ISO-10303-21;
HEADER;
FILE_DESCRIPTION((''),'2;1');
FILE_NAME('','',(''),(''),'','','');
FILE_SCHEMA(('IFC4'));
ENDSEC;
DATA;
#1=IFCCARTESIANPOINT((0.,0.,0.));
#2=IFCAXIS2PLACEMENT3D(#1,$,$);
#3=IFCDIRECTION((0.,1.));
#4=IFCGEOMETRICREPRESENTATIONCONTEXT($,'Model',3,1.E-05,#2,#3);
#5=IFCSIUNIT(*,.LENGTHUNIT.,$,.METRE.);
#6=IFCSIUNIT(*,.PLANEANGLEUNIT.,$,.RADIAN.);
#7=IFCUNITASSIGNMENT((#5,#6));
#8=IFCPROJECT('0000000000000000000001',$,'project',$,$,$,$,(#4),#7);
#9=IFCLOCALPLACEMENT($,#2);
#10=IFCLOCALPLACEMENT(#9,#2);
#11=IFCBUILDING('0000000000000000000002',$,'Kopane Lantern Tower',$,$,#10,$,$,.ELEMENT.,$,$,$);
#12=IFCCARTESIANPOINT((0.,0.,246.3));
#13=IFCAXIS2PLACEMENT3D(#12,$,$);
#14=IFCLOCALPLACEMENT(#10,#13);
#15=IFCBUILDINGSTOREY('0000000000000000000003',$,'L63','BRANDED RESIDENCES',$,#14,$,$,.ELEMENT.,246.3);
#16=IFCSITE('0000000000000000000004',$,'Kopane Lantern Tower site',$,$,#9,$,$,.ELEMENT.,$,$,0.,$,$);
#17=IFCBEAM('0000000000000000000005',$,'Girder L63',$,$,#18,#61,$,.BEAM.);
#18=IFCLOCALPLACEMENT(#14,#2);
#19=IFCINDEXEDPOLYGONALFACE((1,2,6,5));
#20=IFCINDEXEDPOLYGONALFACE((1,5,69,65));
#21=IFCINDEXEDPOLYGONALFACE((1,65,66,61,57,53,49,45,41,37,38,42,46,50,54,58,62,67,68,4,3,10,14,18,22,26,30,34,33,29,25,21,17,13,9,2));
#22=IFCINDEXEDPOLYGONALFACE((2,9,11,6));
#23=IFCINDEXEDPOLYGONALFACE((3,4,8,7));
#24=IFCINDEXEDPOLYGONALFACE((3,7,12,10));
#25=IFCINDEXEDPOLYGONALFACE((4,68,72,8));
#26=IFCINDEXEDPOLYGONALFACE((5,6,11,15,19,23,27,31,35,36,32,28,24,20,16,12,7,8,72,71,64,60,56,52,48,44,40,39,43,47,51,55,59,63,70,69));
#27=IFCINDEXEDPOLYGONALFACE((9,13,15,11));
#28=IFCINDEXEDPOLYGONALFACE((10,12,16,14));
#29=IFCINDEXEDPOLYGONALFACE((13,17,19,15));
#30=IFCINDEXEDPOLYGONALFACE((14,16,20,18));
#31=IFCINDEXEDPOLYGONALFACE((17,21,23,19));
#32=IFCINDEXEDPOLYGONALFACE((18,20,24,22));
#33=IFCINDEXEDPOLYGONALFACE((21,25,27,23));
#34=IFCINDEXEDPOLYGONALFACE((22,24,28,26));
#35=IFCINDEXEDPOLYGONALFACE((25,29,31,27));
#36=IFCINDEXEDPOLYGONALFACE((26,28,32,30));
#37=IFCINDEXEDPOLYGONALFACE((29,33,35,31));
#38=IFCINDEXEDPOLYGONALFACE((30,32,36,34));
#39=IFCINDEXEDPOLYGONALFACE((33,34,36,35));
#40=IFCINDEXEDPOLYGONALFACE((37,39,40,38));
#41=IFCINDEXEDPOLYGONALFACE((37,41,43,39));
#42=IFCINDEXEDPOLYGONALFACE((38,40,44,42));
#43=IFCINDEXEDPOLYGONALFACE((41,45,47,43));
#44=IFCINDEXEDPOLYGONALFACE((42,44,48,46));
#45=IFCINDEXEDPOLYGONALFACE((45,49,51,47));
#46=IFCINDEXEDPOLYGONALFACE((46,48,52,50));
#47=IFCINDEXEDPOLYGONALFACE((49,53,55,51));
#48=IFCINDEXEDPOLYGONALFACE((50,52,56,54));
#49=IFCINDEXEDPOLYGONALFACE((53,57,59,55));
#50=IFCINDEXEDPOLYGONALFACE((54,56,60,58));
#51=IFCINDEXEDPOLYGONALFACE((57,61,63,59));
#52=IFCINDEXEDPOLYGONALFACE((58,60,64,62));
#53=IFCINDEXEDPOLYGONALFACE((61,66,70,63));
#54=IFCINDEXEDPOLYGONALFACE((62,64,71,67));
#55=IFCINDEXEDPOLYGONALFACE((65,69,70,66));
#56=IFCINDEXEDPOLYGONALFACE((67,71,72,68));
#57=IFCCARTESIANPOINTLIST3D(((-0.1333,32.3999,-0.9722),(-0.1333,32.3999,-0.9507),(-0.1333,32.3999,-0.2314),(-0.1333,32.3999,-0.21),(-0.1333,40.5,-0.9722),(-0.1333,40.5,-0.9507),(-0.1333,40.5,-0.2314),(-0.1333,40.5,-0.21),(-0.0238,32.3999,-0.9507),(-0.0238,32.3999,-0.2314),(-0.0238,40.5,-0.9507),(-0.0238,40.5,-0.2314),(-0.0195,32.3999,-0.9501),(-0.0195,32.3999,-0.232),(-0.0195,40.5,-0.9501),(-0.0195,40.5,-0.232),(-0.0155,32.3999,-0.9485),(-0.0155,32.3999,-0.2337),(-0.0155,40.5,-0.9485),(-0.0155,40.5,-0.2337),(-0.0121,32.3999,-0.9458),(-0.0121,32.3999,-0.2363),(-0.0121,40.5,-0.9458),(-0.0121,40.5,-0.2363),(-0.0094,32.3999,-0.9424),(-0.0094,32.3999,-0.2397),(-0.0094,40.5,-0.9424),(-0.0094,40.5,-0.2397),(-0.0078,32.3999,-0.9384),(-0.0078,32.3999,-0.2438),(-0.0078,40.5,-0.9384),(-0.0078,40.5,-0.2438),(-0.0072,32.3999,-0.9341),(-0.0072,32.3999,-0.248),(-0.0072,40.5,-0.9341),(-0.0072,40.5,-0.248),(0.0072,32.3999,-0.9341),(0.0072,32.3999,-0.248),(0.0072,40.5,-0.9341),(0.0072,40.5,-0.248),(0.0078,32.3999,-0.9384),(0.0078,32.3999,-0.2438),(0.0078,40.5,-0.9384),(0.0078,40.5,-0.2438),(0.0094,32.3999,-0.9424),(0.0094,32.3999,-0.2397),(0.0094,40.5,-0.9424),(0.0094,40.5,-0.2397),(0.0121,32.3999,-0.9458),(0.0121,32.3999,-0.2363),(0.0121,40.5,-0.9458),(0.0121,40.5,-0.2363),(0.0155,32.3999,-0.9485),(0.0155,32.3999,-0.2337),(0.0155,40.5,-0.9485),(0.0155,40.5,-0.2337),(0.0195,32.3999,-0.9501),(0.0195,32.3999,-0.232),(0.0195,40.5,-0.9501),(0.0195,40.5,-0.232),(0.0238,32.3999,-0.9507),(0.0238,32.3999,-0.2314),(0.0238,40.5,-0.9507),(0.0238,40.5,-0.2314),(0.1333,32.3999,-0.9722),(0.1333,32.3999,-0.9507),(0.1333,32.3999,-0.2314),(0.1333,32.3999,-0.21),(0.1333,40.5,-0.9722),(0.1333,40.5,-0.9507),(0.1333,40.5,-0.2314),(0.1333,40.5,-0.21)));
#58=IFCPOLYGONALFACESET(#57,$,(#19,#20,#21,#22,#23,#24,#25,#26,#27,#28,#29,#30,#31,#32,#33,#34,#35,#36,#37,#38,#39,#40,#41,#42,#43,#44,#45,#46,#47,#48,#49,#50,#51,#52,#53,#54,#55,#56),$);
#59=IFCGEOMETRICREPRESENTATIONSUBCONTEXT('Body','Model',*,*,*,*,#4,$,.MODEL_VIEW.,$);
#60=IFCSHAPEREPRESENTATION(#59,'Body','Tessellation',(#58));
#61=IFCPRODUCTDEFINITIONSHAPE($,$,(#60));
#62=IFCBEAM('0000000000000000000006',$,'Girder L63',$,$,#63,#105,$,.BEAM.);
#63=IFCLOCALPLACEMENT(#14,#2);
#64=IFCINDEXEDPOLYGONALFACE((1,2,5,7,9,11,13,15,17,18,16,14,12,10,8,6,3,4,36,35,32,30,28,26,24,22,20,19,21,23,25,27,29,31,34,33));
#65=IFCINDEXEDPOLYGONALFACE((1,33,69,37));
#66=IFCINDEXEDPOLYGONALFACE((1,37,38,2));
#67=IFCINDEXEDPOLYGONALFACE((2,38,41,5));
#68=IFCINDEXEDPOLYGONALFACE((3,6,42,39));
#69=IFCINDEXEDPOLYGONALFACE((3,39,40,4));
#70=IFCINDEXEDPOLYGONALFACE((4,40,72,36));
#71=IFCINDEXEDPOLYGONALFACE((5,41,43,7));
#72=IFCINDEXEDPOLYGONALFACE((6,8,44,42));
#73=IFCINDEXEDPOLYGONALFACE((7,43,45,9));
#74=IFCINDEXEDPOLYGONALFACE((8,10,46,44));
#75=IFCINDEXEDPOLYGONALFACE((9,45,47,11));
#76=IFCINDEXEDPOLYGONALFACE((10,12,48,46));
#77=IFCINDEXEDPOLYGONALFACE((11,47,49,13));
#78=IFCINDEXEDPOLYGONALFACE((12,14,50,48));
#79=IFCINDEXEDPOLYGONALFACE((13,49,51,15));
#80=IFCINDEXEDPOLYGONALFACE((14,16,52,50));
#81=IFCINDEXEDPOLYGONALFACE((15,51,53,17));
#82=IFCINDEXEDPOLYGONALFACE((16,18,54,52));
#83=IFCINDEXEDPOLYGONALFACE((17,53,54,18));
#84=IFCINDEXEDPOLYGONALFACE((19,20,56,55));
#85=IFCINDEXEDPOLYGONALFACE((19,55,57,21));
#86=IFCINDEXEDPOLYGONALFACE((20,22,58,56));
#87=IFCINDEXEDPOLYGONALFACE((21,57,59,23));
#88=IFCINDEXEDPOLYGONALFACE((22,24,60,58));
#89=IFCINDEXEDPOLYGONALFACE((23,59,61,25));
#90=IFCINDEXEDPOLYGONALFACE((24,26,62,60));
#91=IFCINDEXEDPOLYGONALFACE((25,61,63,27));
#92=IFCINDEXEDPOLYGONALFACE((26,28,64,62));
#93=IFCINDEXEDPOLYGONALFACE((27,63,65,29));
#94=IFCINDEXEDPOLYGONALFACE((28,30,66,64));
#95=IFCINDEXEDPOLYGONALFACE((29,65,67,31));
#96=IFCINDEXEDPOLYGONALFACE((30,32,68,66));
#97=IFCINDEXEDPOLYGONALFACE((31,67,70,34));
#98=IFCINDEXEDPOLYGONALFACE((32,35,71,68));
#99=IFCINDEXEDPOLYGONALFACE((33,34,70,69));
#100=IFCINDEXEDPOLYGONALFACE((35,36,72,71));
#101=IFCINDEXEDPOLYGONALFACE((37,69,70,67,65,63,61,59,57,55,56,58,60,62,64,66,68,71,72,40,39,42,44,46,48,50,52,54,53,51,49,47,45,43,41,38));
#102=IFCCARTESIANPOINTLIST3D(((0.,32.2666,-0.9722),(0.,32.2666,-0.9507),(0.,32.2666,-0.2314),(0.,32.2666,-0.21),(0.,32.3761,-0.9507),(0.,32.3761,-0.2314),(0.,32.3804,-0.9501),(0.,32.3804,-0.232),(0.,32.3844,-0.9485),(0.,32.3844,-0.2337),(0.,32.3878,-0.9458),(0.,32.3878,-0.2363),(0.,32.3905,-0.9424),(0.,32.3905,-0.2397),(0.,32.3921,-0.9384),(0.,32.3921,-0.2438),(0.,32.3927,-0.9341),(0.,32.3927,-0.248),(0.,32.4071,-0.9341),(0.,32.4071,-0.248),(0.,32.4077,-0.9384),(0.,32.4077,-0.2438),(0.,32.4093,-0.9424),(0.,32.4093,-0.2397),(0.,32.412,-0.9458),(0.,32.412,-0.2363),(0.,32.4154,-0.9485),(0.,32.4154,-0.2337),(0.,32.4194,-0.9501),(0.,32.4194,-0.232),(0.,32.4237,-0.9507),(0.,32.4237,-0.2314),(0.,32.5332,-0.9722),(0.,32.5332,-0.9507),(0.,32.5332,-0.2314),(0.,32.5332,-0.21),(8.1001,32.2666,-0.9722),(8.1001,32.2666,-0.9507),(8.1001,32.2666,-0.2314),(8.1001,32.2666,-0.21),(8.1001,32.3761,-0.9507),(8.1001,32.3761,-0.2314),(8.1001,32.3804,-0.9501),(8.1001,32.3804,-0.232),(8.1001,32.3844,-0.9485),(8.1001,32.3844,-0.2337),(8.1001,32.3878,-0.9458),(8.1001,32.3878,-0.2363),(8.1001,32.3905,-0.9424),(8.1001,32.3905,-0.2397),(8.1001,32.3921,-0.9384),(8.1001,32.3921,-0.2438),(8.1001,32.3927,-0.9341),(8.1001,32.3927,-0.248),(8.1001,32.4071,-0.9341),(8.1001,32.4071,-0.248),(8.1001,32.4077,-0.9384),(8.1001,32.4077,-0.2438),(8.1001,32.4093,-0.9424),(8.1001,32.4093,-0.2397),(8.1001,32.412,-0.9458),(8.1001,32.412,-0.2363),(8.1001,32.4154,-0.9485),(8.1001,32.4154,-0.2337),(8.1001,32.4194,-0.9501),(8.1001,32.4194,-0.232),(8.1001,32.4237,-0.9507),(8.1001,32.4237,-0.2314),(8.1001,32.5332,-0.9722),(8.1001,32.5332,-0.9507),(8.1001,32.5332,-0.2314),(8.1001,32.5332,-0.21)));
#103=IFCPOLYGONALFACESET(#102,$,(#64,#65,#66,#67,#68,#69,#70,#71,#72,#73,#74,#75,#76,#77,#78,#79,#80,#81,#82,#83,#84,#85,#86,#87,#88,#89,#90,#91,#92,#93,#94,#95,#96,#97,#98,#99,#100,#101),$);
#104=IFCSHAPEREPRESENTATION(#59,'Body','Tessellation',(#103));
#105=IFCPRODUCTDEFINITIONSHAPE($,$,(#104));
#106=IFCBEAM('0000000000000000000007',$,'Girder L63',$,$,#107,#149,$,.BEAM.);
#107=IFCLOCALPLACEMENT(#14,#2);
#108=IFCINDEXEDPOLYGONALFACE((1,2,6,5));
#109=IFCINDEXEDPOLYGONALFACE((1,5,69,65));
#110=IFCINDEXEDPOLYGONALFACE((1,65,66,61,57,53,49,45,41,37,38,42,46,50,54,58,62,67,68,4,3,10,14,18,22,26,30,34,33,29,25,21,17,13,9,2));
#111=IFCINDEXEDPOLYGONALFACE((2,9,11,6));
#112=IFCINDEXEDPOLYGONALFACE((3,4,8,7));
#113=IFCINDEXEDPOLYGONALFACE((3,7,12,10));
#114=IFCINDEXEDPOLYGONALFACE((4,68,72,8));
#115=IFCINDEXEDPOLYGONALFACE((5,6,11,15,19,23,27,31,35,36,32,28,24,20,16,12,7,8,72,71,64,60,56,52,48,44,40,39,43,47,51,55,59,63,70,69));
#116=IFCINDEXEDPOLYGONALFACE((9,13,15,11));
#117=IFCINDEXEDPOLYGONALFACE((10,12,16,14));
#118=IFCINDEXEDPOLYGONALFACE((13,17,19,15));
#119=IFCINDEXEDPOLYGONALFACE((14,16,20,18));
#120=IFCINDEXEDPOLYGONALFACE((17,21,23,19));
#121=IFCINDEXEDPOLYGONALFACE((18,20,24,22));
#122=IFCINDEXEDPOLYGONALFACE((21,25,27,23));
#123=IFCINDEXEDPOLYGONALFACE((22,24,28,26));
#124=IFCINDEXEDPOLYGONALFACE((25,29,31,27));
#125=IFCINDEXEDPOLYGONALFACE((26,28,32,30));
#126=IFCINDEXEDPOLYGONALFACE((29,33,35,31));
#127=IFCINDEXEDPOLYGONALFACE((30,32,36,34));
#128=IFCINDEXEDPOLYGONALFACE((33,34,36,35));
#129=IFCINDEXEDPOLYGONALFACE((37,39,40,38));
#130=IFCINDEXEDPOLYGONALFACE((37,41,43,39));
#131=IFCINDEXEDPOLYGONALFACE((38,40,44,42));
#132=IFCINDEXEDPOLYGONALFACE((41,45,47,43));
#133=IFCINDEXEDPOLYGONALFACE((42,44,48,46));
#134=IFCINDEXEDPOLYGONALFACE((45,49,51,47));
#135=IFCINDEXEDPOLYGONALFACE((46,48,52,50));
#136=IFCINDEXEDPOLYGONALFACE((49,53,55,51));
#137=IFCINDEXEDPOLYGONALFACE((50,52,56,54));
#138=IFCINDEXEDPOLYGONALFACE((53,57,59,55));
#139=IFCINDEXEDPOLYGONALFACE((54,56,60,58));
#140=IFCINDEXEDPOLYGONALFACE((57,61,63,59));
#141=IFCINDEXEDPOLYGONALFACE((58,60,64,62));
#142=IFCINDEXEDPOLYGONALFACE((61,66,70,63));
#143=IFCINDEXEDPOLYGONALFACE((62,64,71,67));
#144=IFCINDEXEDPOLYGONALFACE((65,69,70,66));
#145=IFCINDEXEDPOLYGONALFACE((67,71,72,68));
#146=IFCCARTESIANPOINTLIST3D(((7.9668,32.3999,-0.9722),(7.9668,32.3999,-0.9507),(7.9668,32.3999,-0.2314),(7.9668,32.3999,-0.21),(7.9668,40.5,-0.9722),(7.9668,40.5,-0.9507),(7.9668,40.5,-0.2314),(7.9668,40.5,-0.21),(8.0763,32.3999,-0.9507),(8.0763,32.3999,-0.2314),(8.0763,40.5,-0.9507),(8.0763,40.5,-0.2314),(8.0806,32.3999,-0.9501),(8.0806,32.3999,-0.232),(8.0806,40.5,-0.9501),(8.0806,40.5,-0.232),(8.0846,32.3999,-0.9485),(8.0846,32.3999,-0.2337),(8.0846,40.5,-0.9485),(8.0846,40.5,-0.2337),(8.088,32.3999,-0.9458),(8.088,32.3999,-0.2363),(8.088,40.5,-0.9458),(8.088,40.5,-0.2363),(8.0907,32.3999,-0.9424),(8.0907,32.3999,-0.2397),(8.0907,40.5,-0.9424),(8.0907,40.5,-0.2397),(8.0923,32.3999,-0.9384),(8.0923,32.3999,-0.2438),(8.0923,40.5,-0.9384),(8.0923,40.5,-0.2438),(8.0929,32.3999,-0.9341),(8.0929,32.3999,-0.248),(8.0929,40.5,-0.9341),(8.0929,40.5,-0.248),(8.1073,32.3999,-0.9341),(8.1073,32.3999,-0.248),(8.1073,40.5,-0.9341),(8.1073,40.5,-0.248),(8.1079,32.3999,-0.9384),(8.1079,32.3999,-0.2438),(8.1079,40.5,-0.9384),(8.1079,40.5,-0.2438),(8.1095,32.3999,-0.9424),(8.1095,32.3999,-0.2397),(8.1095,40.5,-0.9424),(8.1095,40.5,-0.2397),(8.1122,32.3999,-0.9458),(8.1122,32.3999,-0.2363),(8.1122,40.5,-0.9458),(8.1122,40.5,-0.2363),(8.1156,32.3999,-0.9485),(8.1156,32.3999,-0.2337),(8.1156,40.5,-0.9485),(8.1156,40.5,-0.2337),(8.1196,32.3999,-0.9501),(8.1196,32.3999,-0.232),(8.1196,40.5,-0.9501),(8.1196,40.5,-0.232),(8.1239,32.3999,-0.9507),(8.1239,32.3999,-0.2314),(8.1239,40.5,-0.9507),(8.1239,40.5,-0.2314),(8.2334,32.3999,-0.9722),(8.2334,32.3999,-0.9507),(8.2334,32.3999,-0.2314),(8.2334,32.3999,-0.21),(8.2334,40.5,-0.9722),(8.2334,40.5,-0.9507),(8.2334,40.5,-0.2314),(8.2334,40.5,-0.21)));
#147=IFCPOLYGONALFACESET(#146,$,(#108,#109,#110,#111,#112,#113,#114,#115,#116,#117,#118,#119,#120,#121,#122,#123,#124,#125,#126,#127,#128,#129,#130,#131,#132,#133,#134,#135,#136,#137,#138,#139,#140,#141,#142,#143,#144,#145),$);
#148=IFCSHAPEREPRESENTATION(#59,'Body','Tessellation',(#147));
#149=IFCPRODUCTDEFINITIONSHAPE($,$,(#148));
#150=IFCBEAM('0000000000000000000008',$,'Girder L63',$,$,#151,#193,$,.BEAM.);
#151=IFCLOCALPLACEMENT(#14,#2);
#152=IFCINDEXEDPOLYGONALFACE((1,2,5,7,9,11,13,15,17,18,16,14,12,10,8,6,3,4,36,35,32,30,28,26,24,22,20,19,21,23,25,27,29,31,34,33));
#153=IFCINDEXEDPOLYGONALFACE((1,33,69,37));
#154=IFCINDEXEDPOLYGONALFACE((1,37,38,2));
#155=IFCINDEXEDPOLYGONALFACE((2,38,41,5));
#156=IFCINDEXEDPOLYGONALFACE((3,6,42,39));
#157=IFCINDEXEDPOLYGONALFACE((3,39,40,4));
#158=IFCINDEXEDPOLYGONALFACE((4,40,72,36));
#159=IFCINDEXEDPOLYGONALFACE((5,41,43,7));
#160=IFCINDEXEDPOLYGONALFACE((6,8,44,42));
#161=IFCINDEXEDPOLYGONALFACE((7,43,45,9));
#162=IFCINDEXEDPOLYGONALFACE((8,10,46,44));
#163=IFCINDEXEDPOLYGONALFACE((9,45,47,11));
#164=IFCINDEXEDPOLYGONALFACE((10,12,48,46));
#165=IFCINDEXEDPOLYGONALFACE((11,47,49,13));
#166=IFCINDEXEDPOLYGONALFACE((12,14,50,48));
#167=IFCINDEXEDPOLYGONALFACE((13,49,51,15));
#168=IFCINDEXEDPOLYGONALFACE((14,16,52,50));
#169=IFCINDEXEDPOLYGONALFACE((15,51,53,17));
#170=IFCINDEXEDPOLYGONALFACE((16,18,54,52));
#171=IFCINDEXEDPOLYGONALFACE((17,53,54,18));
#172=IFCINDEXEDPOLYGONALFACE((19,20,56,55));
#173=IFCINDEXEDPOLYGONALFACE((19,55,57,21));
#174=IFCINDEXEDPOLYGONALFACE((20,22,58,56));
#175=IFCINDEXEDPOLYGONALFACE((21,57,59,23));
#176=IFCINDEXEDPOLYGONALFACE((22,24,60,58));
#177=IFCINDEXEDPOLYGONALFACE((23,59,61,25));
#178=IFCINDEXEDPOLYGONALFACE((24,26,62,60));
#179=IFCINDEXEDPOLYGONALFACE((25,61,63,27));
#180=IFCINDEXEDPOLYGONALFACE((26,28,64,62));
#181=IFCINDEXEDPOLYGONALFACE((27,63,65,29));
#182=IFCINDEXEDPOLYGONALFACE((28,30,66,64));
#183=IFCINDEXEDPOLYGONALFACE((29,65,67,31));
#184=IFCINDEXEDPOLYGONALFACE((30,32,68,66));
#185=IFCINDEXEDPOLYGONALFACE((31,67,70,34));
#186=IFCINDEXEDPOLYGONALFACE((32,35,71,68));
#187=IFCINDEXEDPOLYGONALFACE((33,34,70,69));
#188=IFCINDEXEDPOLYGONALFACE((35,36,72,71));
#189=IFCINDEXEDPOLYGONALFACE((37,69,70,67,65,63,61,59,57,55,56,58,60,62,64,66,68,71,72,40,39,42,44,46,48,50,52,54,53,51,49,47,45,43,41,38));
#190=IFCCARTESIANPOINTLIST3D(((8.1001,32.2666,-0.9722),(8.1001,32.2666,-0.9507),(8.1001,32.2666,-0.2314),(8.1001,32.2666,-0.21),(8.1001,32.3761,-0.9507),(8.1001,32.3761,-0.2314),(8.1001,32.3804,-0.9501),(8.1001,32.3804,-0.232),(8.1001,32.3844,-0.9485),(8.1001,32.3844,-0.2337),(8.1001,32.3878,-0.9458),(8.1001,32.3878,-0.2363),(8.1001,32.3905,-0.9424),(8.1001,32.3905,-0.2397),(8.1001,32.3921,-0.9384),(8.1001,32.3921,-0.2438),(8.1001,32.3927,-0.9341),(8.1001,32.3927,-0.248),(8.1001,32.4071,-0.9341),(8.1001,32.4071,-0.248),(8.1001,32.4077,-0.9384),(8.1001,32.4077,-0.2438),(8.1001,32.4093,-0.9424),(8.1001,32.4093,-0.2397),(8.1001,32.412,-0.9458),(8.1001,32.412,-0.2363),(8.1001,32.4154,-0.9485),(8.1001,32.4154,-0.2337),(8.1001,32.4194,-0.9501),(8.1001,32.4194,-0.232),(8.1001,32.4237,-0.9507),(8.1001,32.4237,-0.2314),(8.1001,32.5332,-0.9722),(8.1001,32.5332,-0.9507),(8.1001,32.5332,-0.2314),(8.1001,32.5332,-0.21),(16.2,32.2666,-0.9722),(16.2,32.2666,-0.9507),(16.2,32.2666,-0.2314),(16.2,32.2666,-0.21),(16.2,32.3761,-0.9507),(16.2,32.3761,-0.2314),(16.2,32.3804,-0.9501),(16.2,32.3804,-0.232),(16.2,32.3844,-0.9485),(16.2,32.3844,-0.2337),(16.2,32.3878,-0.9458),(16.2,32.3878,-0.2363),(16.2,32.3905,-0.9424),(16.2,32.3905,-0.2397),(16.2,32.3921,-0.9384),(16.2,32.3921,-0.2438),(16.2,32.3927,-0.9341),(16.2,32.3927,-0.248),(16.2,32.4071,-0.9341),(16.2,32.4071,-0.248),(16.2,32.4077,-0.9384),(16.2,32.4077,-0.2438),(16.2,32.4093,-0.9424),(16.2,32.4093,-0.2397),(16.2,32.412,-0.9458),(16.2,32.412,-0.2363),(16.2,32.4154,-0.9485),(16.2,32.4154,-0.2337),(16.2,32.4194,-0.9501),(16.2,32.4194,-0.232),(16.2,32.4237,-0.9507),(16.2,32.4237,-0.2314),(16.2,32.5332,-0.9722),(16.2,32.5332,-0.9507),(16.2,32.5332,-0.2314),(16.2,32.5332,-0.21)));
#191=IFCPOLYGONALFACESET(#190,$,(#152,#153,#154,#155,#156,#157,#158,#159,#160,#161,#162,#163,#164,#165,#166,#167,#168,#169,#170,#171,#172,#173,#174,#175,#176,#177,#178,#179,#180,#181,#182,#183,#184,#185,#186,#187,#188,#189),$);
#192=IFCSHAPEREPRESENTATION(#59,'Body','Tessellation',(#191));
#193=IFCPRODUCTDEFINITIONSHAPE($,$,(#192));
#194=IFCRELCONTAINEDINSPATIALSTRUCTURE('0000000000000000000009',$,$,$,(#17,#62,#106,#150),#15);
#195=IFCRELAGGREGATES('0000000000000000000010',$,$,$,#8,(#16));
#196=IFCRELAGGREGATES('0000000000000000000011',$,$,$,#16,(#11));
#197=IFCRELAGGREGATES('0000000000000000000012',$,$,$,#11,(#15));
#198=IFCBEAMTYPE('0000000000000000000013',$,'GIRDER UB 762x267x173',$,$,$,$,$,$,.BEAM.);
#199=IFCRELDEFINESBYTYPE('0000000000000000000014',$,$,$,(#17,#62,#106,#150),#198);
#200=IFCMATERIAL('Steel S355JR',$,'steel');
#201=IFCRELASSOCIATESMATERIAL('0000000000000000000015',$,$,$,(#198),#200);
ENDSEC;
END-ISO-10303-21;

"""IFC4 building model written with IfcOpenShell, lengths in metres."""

from ifc_helpers import new_model, si_unit, direction, frame, origin, origin_2d, place, context, subcontext, project, spatial, i_section, extrude, material, material_profile, profile_set, type_object, element, save


model = new_model("IFC4")

# Units and contexts
model_context = context("Model", 3, precision=1e-05, world=origin(), true_north=direction((0.0, 1.0)))
body_context = subcontext(model_context, "Body", "Model", "MODEL_VIEW")
ifc_project = project(units=[si_unit("LENGTHUNIT", "METRE"), si_unit("PLANEANGLEUNIT", "RADIAN")], contexts=[model_context])

# Site, building, storey
site_placement = place(None, origin())
site = spatial("IfcSite", under=ifc_project, at=site_placement, Name="Kopane Lantern Tower site", CompositionType="ELEMENT", RefElevation=0.0)
building_placement = place(site_placement, origin())
building = spatial("IfcBuilding", under=site, at=building_placement, Name="Kopane Lantern Tower", CompositionType="ELEMENT")
storey_placement = place(building_placement, frame((0.0, 0.0, 246.3)))
storey = spatial("IfcBuildingStorey", under=building, at=storey_placement, Name="L63", Description="BRANDED RESIDENCES", CompositionType="ELEMENT", Elevation=246.3)

# Beams
ifc_material_1 = material(Name="Steel S355JR", Category="steel")
ifc_material_profile_1 = material_profile(ifc_material_1, i_section(OverallWidth=0.2666, OverallDepth=0.7622, WebThickness=0.0144, FlangeThickness=0.0215, FilletRadius=0.0166, at=origin_2d()), Name="UB 762x267x173")
ifc_profile_set_1 = profile_set([ifc_material_profile_1], Name="Steel S355JR")
beam_type = type_object("IfcBeamType", Name="GIRDER UB 762x267x173", PredefinedType="BEAM", material=ifc_profile_set_1)
for number, where, z_axis, x_axis, name in (
    (1, (0.0, 32.3999, -0.5911), (0.0, 1.0, 0.0), (-1.0, 0.0, 0.0), "Girder L63"),
    (2, (0.0, 32.3999, -0.5911), (1.0, 0.0, 0.0), (0.0, 1.0, 0.0), "Girder L63"),
    (3, (8.1001, 32.3999, -0.5911), (0.0, 1.0, 0.0), (-1.0, 0.0, 0.0), "Girder L63"),
):
    element("IfcBeam", number, at=place(storey_placement, frame(where, z_axis=z_axis, x_axis=x_axis)), inside=storey, type_object=beam_type, Name=name, PredefinedType="BEAM", context=body_context, shape_type="SweptSolid", body=[
        extrude(i_section(OverallWidth=0.2666, OverallDepth=0.7622, WebThickness=0.0144, FlangeThickness=0.0215, FilletRadius=0.0166, at=origin_2d()), origin(), (0.0, 0.0, 1.0), 8.1001),
    ])
for number, where, z_axis, x_axis, name in (
    (4, (8.1001, 32.3999, -0.5911), (1.0, 0.0, 0.0), (0.0, 1.0, 0.0), "Girder L63"),
):
    element("IfcBeam", number, at=place(storey_placement, frame(where, z_axis=z_axis, x_axis=x_axis)), inside=storey, type_object=beam_type, Name=name, PredefinedType="BEAM", context=body_context, shape_type="SweptSolid", body=[
        extrude(i_section(OverallWidth=0.2666, OverallDepth=0.7622, WebThickness=0.0144, FlangeThickness=0.0215, FilletRadius=0.0166, at=origin_2d()), origin(), (0.0, 0.0, 1.0), 8.0999),
    ])

save(model, "model.ifc")
